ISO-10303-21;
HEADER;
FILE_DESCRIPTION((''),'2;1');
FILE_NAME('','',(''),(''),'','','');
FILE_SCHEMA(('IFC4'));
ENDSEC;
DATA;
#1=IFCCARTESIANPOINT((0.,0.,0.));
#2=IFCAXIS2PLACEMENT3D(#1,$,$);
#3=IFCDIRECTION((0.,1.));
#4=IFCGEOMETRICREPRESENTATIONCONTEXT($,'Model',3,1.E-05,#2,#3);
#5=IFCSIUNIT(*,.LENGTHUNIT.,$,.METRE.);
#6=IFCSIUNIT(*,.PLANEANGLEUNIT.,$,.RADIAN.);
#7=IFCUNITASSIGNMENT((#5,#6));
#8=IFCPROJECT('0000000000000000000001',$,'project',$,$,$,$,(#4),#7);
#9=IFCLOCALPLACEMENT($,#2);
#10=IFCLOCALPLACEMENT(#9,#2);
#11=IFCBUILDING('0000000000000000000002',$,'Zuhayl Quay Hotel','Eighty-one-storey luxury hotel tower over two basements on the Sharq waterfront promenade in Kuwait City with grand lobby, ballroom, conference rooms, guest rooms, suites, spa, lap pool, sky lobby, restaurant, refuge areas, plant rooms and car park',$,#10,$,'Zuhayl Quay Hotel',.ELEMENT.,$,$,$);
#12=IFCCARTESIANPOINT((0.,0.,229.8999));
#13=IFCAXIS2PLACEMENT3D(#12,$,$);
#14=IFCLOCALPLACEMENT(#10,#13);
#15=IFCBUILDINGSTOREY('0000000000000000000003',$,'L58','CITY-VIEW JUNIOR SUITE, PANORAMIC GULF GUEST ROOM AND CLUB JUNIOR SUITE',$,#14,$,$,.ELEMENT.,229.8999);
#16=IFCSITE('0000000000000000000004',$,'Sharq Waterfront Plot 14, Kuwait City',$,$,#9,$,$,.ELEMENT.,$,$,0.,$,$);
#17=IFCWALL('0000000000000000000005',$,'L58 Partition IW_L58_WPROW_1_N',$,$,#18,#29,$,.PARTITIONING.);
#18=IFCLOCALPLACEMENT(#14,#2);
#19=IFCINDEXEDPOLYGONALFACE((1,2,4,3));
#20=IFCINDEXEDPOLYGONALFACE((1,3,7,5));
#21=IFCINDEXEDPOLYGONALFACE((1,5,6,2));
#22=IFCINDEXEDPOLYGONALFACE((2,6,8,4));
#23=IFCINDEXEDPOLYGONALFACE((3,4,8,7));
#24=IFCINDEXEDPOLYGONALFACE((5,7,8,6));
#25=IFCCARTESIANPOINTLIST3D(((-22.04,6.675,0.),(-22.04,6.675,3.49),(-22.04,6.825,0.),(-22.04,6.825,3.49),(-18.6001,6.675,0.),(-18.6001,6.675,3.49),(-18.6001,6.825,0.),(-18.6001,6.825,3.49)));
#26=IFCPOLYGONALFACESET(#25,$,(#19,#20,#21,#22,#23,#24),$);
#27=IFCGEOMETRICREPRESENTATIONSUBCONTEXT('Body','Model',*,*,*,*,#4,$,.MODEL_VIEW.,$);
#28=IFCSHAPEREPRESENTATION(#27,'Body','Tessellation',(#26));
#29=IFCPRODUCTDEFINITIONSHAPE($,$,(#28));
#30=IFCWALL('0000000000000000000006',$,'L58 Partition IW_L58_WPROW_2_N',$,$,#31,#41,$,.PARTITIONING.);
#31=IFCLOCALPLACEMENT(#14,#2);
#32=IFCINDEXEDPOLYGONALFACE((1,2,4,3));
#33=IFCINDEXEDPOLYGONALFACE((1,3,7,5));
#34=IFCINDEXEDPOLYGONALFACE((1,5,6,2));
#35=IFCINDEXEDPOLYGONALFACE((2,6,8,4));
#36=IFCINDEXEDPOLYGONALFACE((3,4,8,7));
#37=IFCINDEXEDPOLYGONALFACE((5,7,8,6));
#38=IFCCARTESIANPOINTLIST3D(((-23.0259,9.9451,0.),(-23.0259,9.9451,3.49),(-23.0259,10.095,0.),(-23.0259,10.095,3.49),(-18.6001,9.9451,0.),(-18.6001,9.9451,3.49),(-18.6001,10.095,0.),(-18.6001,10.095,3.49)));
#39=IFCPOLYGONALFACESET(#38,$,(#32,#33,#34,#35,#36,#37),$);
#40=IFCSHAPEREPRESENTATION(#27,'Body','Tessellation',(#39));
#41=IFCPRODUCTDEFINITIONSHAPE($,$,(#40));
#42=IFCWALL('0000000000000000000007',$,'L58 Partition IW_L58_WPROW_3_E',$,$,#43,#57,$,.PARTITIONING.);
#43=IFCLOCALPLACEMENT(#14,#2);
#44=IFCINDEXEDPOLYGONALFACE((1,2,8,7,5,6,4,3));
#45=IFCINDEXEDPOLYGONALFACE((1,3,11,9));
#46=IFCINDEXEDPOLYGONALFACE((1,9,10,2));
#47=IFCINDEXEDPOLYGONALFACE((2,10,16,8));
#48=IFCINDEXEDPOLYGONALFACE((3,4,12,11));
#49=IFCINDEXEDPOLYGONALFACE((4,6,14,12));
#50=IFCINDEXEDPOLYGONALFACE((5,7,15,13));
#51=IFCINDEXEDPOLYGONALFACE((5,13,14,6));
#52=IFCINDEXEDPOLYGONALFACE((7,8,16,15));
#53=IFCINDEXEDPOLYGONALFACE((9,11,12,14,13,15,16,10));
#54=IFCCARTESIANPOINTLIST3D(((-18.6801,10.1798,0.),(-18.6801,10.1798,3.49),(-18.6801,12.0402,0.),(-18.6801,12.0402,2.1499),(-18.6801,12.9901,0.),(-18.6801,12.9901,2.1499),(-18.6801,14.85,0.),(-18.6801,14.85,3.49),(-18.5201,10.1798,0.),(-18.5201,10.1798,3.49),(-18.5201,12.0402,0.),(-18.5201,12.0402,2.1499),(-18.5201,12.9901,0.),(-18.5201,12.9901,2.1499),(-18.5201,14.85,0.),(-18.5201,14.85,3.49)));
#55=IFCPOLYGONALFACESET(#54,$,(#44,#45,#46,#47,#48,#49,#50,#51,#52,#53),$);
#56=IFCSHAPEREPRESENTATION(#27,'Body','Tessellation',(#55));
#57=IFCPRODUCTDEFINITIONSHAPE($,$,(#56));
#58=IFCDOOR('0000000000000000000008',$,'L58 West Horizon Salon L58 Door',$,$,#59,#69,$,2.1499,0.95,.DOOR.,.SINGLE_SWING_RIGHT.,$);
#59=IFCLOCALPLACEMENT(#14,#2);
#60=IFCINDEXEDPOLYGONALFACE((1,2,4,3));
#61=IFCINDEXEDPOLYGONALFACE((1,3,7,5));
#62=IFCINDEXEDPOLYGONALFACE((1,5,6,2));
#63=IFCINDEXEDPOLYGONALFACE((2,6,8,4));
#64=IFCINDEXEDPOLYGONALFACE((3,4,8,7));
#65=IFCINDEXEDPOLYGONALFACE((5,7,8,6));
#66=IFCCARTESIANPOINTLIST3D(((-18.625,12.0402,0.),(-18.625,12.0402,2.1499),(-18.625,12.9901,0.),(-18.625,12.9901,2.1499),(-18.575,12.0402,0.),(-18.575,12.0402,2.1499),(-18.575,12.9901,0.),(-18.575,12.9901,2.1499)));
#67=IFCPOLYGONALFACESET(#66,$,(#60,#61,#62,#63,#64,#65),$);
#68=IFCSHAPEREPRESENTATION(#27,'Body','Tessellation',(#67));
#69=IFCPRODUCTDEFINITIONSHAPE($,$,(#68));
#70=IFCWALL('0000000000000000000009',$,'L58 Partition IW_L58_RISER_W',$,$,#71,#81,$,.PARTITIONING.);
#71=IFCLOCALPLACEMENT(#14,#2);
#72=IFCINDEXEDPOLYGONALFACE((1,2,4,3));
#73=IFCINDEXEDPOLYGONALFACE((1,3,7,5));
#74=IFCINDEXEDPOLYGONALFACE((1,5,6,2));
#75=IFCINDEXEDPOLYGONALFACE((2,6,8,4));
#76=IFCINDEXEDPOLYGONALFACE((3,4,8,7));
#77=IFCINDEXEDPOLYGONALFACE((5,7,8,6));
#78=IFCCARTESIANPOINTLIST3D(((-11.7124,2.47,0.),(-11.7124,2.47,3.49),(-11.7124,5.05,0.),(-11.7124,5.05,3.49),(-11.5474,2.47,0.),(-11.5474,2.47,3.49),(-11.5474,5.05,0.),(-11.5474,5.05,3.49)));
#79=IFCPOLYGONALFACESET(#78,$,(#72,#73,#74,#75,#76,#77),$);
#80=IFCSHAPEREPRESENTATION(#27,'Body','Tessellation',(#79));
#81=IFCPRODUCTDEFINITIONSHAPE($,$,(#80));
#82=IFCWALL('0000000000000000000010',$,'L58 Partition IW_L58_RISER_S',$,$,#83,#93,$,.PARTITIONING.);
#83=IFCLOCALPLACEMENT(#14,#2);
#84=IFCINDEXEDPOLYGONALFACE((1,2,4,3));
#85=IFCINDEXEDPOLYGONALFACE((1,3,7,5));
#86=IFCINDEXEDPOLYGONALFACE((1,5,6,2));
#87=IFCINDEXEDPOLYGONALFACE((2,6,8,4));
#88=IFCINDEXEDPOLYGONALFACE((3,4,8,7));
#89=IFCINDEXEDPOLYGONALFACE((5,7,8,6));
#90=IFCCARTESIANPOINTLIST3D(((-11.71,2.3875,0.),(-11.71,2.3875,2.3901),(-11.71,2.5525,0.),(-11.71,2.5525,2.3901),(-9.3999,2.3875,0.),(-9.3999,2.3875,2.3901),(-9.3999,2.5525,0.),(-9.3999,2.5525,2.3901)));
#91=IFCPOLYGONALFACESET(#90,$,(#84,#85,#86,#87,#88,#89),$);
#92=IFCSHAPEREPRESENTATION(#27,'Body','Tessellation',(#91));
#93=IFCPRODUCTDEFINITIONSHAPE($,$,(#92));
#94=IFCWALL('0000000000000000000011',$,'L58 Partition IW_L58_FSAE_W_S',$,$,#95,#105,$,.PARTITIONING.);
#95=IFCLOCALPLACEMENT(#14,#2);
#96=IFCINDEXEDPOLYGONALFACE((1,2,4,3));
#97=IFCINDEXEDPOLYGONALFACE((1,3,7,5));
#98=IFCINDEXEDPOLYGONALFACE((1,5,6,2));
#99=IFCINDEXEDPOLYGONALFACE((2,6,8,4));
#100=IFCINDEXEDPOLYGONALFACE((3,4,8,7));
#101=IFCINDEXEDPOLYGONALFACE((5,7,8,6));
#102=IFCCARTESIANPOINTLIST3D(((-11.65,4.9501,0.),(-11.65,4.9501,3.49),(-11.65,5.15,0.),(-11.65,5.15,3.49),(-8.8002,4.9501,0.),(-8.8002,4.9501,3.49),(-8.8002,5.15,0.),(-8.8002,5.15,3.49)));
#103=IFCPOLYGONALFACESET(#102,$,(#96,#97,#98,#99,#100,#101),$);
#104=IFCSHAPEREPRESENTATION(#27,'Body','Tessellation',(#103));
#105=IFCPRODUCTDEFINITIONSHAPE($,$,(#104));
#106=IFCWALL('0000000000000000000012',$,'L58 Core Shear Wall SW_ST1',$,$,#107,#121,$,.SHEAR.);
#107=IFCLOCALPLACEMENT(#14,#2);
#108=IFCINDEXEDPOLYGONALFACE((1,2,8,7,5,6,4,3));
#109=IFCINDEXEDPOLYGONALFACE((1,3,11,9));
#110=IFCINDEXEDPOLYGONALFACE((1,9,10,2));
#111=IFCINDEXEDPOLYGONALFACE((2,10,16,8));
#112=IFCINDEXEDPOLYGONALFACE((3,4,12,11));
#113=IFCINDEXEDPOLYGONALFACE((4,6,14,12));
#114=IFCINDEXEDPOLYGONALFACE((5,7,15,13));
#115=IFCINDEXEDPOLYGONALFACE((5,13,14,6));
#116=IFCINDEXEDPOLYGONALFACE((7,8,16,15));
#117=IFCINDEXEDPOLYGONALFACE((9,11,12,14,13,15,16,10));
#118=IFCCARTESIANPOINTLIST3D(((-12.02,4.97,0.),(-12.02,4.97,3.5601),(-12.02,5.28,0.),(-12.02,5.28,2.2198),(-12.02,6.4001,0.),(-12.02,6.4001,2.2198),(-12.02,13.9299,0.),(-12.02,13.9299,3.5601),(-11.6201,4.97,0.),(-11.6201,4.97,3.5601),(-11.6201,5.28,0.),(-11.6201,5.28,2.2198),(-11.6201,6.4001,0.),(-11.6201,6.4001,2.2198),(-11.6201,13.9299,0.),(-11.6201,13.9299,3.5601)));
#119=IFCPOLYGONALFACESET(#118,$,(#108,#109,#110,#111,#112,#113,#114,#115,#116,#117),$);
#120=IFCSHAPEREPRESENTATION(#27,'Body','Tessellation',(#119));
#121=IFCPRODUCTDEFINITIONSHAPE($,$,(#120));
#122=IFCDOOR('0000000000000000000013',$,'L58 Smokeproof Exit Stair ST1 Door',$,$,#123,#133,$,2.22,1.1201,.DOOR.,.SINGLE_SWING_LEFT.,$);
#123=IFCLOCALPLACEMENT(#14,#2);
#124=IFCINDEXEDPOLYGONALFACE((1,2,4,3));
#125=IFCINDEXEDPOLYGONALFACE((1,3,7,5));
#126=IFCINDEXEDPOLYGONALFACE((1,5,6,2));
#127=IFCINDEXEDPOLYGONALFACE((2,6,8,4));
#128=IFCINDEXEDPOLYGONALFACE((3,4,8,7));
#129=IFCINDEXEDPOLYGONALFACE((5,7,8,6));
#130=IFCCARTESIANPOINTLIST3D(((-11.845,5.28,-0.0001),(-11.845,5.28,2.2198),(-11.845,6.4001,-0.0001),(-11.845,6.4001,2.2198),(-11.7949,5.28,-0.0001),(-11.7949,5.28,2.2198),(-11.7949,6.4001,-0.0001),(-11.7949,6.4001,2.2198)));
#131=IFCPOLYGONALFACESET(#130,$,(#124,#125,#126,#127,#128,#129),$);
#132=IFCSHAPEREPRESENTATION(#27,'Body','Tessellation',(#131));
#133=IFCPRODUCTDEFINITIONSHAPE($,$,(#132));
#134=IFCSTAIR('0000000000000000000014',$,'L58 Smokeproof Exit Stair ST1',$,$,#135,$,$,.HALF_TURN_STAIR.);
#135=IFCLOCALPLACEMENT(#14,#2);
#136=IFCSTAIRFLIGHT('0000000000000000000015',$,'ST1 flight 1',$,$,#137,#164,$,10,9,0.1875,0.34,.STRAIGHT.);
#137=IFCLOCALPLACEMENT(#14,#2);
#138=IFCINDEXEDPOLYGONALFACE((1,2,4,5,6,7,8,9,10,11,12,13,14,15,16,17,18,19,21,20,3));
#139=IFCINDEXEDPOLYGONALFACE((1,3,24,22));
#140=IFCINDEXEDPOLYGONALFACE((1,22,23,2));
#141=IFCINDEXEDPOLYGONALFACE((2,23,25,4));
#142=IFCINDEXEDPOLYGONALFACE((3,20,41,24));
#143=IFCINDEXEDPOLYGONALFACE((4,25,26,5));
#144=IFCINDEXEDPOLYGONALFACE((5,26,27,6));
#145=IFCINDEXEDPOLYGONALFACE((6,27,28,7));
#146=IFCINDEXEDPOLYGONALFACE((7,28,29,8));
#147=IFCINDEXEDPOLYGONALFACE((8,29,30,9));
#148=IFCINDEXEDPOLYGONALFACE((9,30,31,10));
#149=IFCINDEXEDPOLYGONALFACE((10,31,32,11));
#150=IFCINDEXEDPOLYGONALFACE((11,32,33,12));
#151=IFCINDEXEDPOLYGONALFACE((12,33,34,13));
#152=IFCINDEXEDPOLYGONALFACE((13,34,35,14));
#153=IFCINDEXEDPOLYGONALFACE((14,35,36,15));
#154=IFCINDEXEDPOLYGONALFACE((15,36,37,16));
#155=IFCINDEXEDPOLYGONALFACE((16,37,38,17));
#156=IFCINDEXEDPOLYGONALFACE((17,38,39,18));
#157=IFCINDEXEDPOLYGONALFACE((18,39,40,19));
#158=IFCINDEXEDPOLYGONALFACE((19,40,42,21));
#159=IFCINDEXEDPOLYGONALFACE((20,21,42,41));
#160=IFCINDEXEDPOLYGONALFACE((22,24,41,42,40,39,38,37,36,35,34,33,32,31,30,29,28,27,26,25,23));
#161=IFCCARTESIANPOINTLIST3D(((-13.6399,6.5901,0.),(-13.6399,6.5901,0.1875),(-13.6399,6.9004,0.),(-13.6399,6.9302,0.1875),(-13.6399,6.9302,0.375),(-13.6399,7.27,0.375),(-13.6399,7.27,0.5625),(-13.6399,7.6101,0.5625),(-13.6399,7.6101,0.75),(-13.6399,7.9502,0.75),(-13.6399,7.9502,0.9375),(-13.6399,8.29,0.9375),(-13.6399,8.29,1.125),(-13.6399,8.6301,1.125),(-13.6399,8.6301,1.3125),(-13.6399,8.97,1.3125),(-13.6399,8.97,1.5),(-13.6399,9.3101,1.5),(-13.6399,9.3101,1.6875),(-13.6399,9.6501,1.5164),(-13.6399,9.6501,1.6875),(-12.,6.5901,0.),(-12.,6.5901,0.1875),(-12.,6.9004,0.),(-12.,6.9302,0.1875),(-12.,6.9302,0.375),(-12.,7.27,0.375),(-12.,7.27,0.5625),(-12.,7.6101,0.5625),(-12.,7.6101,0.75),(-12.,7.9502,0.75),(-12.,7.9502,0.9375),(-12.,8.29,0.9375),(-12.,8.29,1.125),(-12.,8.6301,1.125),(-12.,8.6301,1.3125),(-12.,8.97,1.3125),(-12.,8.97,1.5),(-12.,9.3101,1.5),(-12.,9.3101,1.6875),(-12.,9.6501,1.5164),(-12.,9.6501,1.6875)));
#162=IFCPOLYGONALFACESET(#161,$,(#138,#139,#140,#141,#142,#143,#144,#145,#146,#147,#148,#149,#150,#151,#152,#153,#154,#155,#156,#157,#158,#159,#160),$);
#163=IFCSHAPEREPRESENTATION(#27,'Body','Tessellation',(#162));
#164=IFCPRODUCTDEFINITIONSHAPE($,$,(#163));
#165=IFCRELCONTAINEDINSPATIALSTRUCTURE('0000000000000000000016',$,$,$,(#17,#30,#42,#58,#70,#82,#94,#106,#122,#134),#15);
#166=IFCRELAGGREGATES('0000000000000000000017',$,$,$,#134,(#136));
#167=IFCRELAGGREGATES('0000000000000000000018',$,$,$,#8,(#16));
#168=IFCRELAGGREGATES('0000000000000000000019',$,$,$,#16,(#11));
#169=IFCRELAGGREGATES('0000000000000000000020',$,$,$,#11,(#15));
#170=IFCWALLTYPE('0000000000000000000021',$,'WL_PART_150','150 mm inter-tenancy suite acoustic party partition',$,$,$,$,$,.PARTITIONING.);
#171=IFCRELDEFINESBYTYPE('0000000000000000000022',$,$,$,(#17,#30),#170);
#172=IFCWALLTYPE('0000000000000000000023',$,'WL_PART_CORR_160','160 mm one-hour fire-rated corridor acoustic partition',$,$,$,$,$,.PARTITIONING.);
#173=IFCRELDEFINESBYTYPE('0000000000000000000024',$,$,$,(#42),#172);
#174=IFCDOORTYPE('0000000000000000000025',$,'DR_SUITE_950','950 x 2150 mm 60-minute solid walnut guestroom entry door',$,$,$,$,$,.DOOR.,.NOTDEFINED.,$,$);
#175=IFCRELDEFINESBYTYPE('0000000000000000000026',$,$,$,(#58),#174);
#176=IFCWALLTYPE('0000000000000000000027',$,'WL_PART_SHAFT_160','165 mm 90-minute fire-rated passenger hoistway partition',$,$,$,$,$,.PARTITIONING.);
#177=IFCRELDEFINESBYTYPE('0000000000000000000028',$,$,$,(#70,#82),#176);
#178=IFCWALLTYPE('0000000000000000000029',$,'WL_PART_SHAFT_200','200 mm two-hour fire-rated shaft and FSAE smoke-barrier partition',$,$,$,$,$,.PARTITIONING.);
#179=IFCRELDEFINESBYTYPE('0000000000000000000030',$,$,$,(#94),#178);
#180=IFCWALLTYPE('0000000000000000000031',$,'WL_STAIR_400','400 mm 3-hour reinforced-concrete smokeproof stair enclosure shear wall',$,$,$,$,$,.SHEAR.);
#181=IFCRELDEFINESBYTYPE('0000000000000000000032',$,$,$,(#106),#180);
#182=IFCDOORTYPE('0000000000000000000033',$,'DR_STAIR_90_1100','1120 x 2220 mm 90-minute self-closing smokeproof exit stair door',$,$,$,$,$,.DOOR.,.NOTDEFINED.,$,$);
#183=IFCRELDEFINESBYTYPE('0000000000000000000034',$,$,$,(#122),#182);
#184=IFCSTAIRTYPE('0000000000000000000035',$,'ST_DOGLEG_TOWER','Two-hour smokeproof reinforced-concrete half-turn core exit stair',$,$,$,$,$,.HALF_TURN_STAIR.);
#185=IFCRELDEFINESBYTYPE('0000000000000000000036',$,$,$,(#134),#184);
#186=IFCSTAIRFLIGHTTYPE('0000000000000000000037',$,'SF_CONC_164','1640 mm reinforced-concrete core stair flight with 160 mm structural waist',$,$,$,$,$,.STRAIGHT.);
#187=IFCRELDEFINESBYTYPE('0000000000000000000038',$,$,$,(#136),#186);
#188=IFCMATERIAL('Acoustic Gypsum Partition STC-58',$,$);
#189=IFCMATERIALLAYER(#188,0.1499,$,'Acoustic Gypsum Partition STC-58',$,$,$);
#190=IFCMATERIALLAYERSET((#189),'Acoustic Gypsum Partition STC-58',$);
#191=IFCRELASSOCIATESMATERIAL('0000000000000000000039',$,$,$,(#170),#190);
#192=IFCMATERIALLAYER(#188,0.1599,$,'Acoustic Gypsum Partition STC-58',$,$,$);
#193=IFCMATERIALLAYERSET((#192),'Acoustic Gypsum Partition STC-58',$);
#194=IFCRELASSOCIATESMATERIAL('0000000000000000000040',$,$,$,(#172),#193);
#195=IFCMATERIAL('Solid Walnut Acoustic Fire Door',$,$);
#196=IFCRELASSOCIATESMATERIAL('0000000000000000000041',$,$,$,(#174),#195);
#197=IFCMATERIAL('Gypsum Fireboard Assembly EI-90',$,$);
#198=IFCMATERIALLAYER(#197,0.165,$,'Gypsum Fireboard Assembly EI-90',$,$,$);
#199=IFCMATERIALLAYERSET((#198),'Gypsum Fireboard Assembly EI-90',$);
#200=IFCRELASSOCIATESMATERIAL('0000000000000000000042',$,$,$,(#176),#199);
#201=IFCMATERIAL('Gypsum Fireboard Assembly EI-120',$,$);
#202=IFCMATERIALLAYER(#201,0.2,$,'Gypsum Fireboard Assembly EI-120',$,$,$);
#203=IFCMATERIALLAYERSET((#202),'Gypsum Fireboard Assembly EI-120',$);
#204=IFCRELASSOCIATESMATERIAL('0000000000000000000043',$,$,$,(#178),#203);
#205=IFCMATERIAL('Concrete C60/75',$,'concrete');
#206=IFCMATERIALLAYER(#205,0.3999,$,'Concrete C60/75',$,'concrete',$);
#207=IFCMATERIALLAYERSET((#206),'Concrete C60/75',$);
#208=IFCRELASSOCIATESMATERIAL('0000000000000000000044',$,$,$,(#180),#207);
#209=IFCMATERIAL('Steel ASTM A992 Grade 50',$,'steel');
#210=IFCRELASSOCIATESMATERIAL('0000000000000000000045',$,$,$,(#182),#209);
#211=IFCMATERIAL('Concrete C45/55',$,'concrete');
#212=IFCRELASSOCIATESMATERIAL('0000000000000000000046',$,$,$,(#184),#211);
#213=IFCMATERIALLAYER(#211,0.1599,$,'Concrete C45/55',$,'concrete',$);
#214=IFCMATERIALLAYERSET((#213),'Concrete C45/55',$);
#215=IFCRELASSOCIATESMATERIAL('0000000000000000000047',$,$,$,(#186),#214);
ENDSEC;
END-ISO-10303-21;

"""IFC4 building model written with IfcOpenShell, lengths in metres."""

from ifc_helpers import new_model, si_unit, direction, frame, frame_2d, origin, place, context, subcontext, project, spatial, polyline, rectangle, outline, extrude, material, layer, layer_set, type_object, element, fill, aggregate, save


model = new_model("IFC4")

# Units and contexts
model_context = context("Model", 3, precision=1e-05, world=origin(), true_north=direction((0.0, 1.0)))
body_context = subcontext(model_context, "Body", "Model", "MODEL_VIEW")
ifc_project = project(units=[si_unit("LENGTHUNIT", "METRE"), si_unit("PLANEANGLEUNIT", "RADIAN")], contexts=[model_context])

# Site, building, storey
site_placement = place(None, origin())
site = spatial("IfcSite", under=ifc_project, at=site_placement, Name="Sharq Waterfront Plot 14, Kuwait City", CompositionType="ELEMENT", RefElevation=0.0)
building_placement = place(site_placement, origin())
building = spatial("IfcBuilding", under=site, at=building_placement, Name="Zuhayl Quay Hotel", Description="Eighty-one-storey luxury hotel tower over two basements on the Sharq waterfront promenade in Kuwait City with grand lobby, ballroom, conference rooms, guest rooms, suites, spa, lap pool, sky lobby, restaurant, refuge areas, plant rooms and car park", LongName="Zuhayl Quay Hotel", CompositionType="ELEMENT")
storey_placement = place(building_placement, frame((0.0, 0.0, 229.8999)))
storey = spatial("IfcBuildingStorey", under=building, at=storey_placement, Name="L58", Description="CITY-VIEW JUNIOR SUITE, PANORAMIC GULF GUEST ROOM AND CLUB JUNIOR SUITE", CompositionType="ELEMENT", Elevation=229.8999)

# Shared definitions
ifc_material_1 = material(Name="Concrete C60/75", Category="concrete")

# Walls
ifc_material_2 = material(Name="Acoustic Gypsum Partition STC-58")
ifc_layer_1 = layer(ifc_material_2, 0.1499, Name="Acoustic Gypsum Partition STC-58")
ifc_layer_set_1 = layer_set([ifc_layer_1], Name="Acoustic Gypsum Partition STC-58")
wall_type_1 = type_object("IfcWallType", Name="WL_PART_150", Description="150 mm inter-tenancy suite acoustic party partition", PredefinedType="PARTITIONING", material=ifc_layer_set_1)
wall_1_placement = place(storey_placement, frame((-22.04, 6.75, 0.0), z_axis=(0.0, 0.0, 1.0), x_axis=(1.0, 0.0, 0.0)))
element("IfcWall", 1, at=wall_1_placement, inside=storey, type_object=wall_type_1, Name="L58 Partition IW_L58_WPROW_1_N", PredefinedType="PARTITIONING", context=body_context, shape_type="SweptSolid", body=[
    extrude(rectangle(XDim=3.4399, YDim=0.1499, at=frame_2d((1.72, 0.0))), origin(), (0.0, 0.0, 1.0), 3.49),
])
wall_2_placement = place(storey_placement, frame((-23.0259, 10.02, 0.0), z_axis=(0.0, 0.0, 1.0), x_axis=(1.0, 0.0, 0.0)))
element("IfcWall", 2, at=wall_2_placement, inside=storey, type_object=wall_type_1, Name="L58 Partition IW_L58_WPROW_2_N", PredefinedType="PARTITIONING", context=body_context, shape_type="SweptSolid", body=[
    extrude(rectangle(XDim=4.4258, YDim=0.1499, at=frame_2d((2.2129, 0.0))), origin(), (0.0, 0.0, 1.0), 3.49),
])

# Wall, opening, door
ifc_layer_2 = layer(ifc_material_2, 0.1599, Name="Acoustic Gypsum Partition STC-58")
ifc_layer_set_2 = layer_set([ifc_layer_2], Name="Acoustic Gypsum Partition STC-58")
wall_type_2 = type_object("IfcWallType", Name="WL_PART_CORR_160", Description="160 mm one-hour fire-rated corridor acoustic partition", PredefinedType="PARTITIONING", material=ifc_layer_set_2)
ifc_material_3 = material(Name="Solid Walnut Acoustic Fire Door")
door_type_1 = type_object("IfcDoorType", Name="DR_SUITE_950", Description="950 x 2150 mm 60-minute solid walnut guestroom entry door", OperationType="NOTDEFINED", PredefinedType="DOOR", material=ifc_material_3)
wall_3_placement = place(storey_placement, frame((-18.6001, 10.1799, 0.0), z_axis=(0.0, 0.0, 1.0), x_axis=(0.0, 1.0, 0.0)))
wall_3 = element("IfcWall", 3, at=wall_3_placement, inside=storey, type_object=wall_type_2, Name="L58 Partition IW_L58_WPROW_3_E", PredefinedType="PARTITIONING", context=body_context, shape_type="SweptSolid", body=[
    extrude(rectangle(XDim=4.6702, YDim=0.1599, at=frame_2d((2.335, 0.0))), origin(), (0.0, 0.0, 1.0), 3.49),
])
opening_1_placement = place(wall_3_placement, frame((1.8601, 0.0, 0.0)))
opening_1 = element("IfcOpeningElement", 4, at=opening_1_placement, cuts=wall_3, PredefinedType="OPENING", context=body_context, shape_type="SweptSolid", body=[
    extrude(rectangle(XDim=0.95, YDim=2.1499, at=frame_2d((0.4751, 1.075))), frame((0.0, 0.0898, 0.0), z_axis=(0.0, -1.0, 0.0), x_axis=(1.0, 0.0, 0.0)), (0.0, 0.0, 1.0), 0.1799),
])
door_1_placement = place(opening_1_placement, origin())
door_1 = element("IfcDoor", 5, at=door_1_placement, inside=storey, type_object=door_type_1, Name="L58 West Horizon Salon L58 Door", OperationType="SINGLE_SWING_RIGHT", OverallHeight=2.1499, OverallWidth=0.95, PredefinedType="DOOR", context=body_context, shape_type="SweptSolid", body=[
    extrude(rectangle(XDim=0.95, YDim=2.1499, at=frame_2d((0.4751, 1.075))), frame((0.0, 0.0249, 0.0), z_axis=(0.0, -1.0, 0.0), x_axis=(1.0, 0.0, 0.0)), (0.0, 0.0, 1.0), 0.05),
])
fill(opening_1, door_1)

# Walls
ifc_material_4 = material(Name="Gypsum Fireboard Assembly EI-90")
ifc_layer_3 = layer(ifc_material_4, 0.165, Name="Gypsum Fireboard Assembly EI-90")
ifc_layer_set_3 = layer_set([ifc_layer_3], Name="Gypsum Fireboard Assembly EI-90")
wall_type_3 = type_object("IfcWallType", Name="WL_PART_SHAFT_160", Description="165 mm 90-minute fire-rated passenger hoistway partition", PredefinedType="PARTITIONING", material=ifc_layer_set_3)
wall_4_placement = place(storey_placement, frame((-11.6299, 2.47, 0.0), z_axis=(0.0, 0.0, 1.0), x_axis=(0.0, 1.0, 0.0)))
element("IfcWall", 6, at=wall_4_placement, inside=storey, type_object=wall_type_3, Name="L58 Partition IW_L58_RISER_W", PredefinedType="PARTITIONING", context=body_context, shape_type="SweptSolid", body=[
    extrude(rectangle(XDim=2.5801, YDim=0.165, at=frame_2d((1.29, 0.0))), origin(), (0.0, 0.0, 1.0), 3.49),
])
wall_5_placement = place(storey_placement, frame((-11.71, 2.47, 0.0), z_axis=(0.0, 0.0, 1.0), x_axis=(1.0, 0.0, 0.0)))
element("IfcWall", 7, at=wall_5_placement, inside=storey, type_object=wall_type_3, Name="L58 Partition IW_L58_RISER_S", PredefinedType="PARTITIONING", context=body_context, shape_type="SweptSolid", body=[
    extrude(rectangle(XDim=2.3101, YDim=0.165, at=frame_2d((1.155, 0.0))), origin(), (0.0, 0.0, 1.0), 2.3901),
])
ifc_material_5 = material(Name="Gypsum Fireboard Assembly EI-120")
ifc_layer_4 = layer(ifc_material_5, 0.2, Name="Gypsum Fireboard Assembly EI-120")
ifc_layer_set_4 = layer_set([ifc_layer_4], Name="Gypsum Fireboard Assembly EI-120")
wall_type_4 = type_object("IfcWallType", Name="WL_PART_SHAFT_200", Description="200 mm two-hour fire-rated shaft and FSAE smoke-barrier partition", PredefinedType="PARTITIONING", material=ifc_layer_set_4)
wall_6_placement = place(storey_placement, frame((-11.6499, 5.05, 0.0), z_axis=(0.0, 0.0, 1.0), x_axis=(1.0, 0.0, 0.0)))
element("IfcWall", 8, at=wall_6_placement, inside=storey, type_object=wall_type_4, Name="L58 Partition IW_L58_FSAE_W_S", PredefinedType="PARTITIONING", context=body_context, shape_type="SweptSolid", body=[
    extrude(rectangle(XDim=2.8499, YDim=0.2, at=frame_2d((1.4248, 0.0))), origin(), (0.0, 0.0, 1.0), 3.49),
])

# Wall, opening, door
ifc_layer_5 = layer(ifc_material_1, 0.3999, Name="Concrete C60/75", Category="concrete")
ifc_layer_set_5 = layer_set([ifc_layer_5], Name="Concrete C60/75")
wall_type_5 = type_object("IfcWallType", Name="WL_STAIR_400", Description="400 mm 3-hour reinforced-concrete smokeproof stair enclosure shear wall", PredefinedType="SHEAR", material=ifc_layer_set_5)
wall_7_placement = place(storey_placement, frame((-11.8201, 4.97, 0.0), z_axis=(0.0, 0.0, 1.0), x_axis=(0.0, 1.0, 0.0)))
wall_7 = element("IfcWall", 9, at=wall_7_placement, inside=storey, type_object=wall_type_5, Name="L58 Core Shear Wall SW_ST1", PredefinedType="SHEAR", context=body_context, shape_type="SweptSolid", body=[
    extrude(rectangle(XDim=8.96, YDim=0.3999, at=frame_2d((4.48, 0.0))), origin(), (0.0, 0.0, 1.0), 3.5601),
])
opening_2_placement = place(wall_7_placement, frame((0.3101, 0.0, 0.0)))
opening_2 = element("IfcOpeningElement", 10, at=opening_2_placement, cuts=wall_7, PredefinedType="OPENING", context=body_context, shape_type="SweptSolid", body=[
    extrude(rectangle(XDim=1.1201, YDim=2.22, at=frame_2d((0.5601, 1.1099))), frame((0.0, 0.21, 0.0), z_axis=(0.0, -1.0, 0.0), x_axis=(1.0, 0.0, 0.0)), (0.0, 0.0, 1.0), 0.4199),
])
ifc_material_6 = material(Name="Steel ASTM A992 Grade 50", Category="steel")
door_type_2 = type_object("IfcDoorType", Name="DR_STAIR_90_1100", Description="1120 x 2220 mm 90-minute self-closing smokeproof exit stair door", OperationType="NOTDEFINED", PredefinedType="DOOR", material=ifc_material_6)
door_2_placement = place(opening_2_placement, origin())
door_2 = element("IfcDoor", 11, at=door_2_placement, inside=storey, type_object=door_type_2, Name="L58 Smokeproof Exit Stair ST1 Door", OperationType="SINGLE_SWING_LEFT", OverallHeight=2.22, OverallWidth=1.1201, PredefinedType="DOOR", context=body_context, shape_type="SweptSolid", body=[
    extrude(rectangle(XDim=1.1201, YDim=2.22, at=frame_2d((0.5601, 1.1099))), frame((0.0, 0.0249, 0.0), z_axis=(0.0, -1.0, 0.0), x_axis=(1.0, 0.0, 0.0)), (0.0, 0.0, 1.0), 0.05),
])
fill(opening_2, door_2)

# Stair, stair flight
ifc_material_7 = material(Name="Concrete C45/55", Category="concrete")
stair_type = type_object("IfcStairType", Name="ST_DOGLEG_TOWER", Description="Two-hour smokeproof reinforced-concrete half-turn core exit stair", PredefinedType="HALF_TURN_STAIR", material=ifc_material_7)
stair_placement = place(storey_placement, origin())
stair = element("IfcStair", 12, at=stair_placement, inside=storey, type_object=stair_type, Name="L58 Smokeproof Exit Stair ST1", PredefinedType="HALF_TURN_STAIR")
ifc_layer_6 = layer(ifc_material_7, 0.1599, Name="Concrete C45/55", Category="concrete")
ifc_layer_set_6 = layer_set([ifc_layer_6], Name="Concrete C45/55")
stair_flight_type = type_object("IfcStairFlightType", Name="SF_CONC_164", Description="1640 mm reinforced-concrete core stair flight with 160 mm structural waist", PredefinedType="STRAIGHT", material=ifc_layer_set_6)
stair_flight_1_placement = place(storey_placement, frame((-12.8201, 6.5901, 0.0), z_axis=(0.0, 0.0, 1.0), x_axis=(0.0, 1.0, 0.0)))
stair_flight_1 = element("IfcStairFlight", 13, at=stair_flight_1_placement, type_object=stair_flight_type, Name="ST1 flight 1", NumberOfRisers=10, NumberOfTreads=9, PredefinedType="STRAIGHT", RiserHeight=0.1875, TreadLength=0.34, context=body_context, shape_type="SweptSolid", body=[
    extrude(outline(polyline([(0.0, 0.0), (0.0, 0.1875), (0.3401, 0.1875), (0.3401, 0.375), (0.6799, 0.375), (0.6799, 0.5625), (1.02, 0.5625), (1.02, 0.75), (1.3601, 0.75), (1.3601, 0.9375), (1.7, 0.9375), (1.7, 1.125), (2.04, 1.125), (2.04, 1.3125), (2.3799, 1.3125), (2.3799, 1.5), (2.72, 1.5), (2.72, 1.6875), (3.0601, 1.6875), (3.0601, 1.875), (3.0601, 1.5164), (0.3103, 0.0), (0.0, 0.0)])), frame((0.0, 0.8198, 0.0), z_axis=(0.0, -1.0, 0.0), x_axis=(1.0, 0.0, 0.0)), (0.0, 0.0, 1.0), 1.6399),
])
aggregate(stair, [stair_flight_1])

save(model, "model.ifc")
